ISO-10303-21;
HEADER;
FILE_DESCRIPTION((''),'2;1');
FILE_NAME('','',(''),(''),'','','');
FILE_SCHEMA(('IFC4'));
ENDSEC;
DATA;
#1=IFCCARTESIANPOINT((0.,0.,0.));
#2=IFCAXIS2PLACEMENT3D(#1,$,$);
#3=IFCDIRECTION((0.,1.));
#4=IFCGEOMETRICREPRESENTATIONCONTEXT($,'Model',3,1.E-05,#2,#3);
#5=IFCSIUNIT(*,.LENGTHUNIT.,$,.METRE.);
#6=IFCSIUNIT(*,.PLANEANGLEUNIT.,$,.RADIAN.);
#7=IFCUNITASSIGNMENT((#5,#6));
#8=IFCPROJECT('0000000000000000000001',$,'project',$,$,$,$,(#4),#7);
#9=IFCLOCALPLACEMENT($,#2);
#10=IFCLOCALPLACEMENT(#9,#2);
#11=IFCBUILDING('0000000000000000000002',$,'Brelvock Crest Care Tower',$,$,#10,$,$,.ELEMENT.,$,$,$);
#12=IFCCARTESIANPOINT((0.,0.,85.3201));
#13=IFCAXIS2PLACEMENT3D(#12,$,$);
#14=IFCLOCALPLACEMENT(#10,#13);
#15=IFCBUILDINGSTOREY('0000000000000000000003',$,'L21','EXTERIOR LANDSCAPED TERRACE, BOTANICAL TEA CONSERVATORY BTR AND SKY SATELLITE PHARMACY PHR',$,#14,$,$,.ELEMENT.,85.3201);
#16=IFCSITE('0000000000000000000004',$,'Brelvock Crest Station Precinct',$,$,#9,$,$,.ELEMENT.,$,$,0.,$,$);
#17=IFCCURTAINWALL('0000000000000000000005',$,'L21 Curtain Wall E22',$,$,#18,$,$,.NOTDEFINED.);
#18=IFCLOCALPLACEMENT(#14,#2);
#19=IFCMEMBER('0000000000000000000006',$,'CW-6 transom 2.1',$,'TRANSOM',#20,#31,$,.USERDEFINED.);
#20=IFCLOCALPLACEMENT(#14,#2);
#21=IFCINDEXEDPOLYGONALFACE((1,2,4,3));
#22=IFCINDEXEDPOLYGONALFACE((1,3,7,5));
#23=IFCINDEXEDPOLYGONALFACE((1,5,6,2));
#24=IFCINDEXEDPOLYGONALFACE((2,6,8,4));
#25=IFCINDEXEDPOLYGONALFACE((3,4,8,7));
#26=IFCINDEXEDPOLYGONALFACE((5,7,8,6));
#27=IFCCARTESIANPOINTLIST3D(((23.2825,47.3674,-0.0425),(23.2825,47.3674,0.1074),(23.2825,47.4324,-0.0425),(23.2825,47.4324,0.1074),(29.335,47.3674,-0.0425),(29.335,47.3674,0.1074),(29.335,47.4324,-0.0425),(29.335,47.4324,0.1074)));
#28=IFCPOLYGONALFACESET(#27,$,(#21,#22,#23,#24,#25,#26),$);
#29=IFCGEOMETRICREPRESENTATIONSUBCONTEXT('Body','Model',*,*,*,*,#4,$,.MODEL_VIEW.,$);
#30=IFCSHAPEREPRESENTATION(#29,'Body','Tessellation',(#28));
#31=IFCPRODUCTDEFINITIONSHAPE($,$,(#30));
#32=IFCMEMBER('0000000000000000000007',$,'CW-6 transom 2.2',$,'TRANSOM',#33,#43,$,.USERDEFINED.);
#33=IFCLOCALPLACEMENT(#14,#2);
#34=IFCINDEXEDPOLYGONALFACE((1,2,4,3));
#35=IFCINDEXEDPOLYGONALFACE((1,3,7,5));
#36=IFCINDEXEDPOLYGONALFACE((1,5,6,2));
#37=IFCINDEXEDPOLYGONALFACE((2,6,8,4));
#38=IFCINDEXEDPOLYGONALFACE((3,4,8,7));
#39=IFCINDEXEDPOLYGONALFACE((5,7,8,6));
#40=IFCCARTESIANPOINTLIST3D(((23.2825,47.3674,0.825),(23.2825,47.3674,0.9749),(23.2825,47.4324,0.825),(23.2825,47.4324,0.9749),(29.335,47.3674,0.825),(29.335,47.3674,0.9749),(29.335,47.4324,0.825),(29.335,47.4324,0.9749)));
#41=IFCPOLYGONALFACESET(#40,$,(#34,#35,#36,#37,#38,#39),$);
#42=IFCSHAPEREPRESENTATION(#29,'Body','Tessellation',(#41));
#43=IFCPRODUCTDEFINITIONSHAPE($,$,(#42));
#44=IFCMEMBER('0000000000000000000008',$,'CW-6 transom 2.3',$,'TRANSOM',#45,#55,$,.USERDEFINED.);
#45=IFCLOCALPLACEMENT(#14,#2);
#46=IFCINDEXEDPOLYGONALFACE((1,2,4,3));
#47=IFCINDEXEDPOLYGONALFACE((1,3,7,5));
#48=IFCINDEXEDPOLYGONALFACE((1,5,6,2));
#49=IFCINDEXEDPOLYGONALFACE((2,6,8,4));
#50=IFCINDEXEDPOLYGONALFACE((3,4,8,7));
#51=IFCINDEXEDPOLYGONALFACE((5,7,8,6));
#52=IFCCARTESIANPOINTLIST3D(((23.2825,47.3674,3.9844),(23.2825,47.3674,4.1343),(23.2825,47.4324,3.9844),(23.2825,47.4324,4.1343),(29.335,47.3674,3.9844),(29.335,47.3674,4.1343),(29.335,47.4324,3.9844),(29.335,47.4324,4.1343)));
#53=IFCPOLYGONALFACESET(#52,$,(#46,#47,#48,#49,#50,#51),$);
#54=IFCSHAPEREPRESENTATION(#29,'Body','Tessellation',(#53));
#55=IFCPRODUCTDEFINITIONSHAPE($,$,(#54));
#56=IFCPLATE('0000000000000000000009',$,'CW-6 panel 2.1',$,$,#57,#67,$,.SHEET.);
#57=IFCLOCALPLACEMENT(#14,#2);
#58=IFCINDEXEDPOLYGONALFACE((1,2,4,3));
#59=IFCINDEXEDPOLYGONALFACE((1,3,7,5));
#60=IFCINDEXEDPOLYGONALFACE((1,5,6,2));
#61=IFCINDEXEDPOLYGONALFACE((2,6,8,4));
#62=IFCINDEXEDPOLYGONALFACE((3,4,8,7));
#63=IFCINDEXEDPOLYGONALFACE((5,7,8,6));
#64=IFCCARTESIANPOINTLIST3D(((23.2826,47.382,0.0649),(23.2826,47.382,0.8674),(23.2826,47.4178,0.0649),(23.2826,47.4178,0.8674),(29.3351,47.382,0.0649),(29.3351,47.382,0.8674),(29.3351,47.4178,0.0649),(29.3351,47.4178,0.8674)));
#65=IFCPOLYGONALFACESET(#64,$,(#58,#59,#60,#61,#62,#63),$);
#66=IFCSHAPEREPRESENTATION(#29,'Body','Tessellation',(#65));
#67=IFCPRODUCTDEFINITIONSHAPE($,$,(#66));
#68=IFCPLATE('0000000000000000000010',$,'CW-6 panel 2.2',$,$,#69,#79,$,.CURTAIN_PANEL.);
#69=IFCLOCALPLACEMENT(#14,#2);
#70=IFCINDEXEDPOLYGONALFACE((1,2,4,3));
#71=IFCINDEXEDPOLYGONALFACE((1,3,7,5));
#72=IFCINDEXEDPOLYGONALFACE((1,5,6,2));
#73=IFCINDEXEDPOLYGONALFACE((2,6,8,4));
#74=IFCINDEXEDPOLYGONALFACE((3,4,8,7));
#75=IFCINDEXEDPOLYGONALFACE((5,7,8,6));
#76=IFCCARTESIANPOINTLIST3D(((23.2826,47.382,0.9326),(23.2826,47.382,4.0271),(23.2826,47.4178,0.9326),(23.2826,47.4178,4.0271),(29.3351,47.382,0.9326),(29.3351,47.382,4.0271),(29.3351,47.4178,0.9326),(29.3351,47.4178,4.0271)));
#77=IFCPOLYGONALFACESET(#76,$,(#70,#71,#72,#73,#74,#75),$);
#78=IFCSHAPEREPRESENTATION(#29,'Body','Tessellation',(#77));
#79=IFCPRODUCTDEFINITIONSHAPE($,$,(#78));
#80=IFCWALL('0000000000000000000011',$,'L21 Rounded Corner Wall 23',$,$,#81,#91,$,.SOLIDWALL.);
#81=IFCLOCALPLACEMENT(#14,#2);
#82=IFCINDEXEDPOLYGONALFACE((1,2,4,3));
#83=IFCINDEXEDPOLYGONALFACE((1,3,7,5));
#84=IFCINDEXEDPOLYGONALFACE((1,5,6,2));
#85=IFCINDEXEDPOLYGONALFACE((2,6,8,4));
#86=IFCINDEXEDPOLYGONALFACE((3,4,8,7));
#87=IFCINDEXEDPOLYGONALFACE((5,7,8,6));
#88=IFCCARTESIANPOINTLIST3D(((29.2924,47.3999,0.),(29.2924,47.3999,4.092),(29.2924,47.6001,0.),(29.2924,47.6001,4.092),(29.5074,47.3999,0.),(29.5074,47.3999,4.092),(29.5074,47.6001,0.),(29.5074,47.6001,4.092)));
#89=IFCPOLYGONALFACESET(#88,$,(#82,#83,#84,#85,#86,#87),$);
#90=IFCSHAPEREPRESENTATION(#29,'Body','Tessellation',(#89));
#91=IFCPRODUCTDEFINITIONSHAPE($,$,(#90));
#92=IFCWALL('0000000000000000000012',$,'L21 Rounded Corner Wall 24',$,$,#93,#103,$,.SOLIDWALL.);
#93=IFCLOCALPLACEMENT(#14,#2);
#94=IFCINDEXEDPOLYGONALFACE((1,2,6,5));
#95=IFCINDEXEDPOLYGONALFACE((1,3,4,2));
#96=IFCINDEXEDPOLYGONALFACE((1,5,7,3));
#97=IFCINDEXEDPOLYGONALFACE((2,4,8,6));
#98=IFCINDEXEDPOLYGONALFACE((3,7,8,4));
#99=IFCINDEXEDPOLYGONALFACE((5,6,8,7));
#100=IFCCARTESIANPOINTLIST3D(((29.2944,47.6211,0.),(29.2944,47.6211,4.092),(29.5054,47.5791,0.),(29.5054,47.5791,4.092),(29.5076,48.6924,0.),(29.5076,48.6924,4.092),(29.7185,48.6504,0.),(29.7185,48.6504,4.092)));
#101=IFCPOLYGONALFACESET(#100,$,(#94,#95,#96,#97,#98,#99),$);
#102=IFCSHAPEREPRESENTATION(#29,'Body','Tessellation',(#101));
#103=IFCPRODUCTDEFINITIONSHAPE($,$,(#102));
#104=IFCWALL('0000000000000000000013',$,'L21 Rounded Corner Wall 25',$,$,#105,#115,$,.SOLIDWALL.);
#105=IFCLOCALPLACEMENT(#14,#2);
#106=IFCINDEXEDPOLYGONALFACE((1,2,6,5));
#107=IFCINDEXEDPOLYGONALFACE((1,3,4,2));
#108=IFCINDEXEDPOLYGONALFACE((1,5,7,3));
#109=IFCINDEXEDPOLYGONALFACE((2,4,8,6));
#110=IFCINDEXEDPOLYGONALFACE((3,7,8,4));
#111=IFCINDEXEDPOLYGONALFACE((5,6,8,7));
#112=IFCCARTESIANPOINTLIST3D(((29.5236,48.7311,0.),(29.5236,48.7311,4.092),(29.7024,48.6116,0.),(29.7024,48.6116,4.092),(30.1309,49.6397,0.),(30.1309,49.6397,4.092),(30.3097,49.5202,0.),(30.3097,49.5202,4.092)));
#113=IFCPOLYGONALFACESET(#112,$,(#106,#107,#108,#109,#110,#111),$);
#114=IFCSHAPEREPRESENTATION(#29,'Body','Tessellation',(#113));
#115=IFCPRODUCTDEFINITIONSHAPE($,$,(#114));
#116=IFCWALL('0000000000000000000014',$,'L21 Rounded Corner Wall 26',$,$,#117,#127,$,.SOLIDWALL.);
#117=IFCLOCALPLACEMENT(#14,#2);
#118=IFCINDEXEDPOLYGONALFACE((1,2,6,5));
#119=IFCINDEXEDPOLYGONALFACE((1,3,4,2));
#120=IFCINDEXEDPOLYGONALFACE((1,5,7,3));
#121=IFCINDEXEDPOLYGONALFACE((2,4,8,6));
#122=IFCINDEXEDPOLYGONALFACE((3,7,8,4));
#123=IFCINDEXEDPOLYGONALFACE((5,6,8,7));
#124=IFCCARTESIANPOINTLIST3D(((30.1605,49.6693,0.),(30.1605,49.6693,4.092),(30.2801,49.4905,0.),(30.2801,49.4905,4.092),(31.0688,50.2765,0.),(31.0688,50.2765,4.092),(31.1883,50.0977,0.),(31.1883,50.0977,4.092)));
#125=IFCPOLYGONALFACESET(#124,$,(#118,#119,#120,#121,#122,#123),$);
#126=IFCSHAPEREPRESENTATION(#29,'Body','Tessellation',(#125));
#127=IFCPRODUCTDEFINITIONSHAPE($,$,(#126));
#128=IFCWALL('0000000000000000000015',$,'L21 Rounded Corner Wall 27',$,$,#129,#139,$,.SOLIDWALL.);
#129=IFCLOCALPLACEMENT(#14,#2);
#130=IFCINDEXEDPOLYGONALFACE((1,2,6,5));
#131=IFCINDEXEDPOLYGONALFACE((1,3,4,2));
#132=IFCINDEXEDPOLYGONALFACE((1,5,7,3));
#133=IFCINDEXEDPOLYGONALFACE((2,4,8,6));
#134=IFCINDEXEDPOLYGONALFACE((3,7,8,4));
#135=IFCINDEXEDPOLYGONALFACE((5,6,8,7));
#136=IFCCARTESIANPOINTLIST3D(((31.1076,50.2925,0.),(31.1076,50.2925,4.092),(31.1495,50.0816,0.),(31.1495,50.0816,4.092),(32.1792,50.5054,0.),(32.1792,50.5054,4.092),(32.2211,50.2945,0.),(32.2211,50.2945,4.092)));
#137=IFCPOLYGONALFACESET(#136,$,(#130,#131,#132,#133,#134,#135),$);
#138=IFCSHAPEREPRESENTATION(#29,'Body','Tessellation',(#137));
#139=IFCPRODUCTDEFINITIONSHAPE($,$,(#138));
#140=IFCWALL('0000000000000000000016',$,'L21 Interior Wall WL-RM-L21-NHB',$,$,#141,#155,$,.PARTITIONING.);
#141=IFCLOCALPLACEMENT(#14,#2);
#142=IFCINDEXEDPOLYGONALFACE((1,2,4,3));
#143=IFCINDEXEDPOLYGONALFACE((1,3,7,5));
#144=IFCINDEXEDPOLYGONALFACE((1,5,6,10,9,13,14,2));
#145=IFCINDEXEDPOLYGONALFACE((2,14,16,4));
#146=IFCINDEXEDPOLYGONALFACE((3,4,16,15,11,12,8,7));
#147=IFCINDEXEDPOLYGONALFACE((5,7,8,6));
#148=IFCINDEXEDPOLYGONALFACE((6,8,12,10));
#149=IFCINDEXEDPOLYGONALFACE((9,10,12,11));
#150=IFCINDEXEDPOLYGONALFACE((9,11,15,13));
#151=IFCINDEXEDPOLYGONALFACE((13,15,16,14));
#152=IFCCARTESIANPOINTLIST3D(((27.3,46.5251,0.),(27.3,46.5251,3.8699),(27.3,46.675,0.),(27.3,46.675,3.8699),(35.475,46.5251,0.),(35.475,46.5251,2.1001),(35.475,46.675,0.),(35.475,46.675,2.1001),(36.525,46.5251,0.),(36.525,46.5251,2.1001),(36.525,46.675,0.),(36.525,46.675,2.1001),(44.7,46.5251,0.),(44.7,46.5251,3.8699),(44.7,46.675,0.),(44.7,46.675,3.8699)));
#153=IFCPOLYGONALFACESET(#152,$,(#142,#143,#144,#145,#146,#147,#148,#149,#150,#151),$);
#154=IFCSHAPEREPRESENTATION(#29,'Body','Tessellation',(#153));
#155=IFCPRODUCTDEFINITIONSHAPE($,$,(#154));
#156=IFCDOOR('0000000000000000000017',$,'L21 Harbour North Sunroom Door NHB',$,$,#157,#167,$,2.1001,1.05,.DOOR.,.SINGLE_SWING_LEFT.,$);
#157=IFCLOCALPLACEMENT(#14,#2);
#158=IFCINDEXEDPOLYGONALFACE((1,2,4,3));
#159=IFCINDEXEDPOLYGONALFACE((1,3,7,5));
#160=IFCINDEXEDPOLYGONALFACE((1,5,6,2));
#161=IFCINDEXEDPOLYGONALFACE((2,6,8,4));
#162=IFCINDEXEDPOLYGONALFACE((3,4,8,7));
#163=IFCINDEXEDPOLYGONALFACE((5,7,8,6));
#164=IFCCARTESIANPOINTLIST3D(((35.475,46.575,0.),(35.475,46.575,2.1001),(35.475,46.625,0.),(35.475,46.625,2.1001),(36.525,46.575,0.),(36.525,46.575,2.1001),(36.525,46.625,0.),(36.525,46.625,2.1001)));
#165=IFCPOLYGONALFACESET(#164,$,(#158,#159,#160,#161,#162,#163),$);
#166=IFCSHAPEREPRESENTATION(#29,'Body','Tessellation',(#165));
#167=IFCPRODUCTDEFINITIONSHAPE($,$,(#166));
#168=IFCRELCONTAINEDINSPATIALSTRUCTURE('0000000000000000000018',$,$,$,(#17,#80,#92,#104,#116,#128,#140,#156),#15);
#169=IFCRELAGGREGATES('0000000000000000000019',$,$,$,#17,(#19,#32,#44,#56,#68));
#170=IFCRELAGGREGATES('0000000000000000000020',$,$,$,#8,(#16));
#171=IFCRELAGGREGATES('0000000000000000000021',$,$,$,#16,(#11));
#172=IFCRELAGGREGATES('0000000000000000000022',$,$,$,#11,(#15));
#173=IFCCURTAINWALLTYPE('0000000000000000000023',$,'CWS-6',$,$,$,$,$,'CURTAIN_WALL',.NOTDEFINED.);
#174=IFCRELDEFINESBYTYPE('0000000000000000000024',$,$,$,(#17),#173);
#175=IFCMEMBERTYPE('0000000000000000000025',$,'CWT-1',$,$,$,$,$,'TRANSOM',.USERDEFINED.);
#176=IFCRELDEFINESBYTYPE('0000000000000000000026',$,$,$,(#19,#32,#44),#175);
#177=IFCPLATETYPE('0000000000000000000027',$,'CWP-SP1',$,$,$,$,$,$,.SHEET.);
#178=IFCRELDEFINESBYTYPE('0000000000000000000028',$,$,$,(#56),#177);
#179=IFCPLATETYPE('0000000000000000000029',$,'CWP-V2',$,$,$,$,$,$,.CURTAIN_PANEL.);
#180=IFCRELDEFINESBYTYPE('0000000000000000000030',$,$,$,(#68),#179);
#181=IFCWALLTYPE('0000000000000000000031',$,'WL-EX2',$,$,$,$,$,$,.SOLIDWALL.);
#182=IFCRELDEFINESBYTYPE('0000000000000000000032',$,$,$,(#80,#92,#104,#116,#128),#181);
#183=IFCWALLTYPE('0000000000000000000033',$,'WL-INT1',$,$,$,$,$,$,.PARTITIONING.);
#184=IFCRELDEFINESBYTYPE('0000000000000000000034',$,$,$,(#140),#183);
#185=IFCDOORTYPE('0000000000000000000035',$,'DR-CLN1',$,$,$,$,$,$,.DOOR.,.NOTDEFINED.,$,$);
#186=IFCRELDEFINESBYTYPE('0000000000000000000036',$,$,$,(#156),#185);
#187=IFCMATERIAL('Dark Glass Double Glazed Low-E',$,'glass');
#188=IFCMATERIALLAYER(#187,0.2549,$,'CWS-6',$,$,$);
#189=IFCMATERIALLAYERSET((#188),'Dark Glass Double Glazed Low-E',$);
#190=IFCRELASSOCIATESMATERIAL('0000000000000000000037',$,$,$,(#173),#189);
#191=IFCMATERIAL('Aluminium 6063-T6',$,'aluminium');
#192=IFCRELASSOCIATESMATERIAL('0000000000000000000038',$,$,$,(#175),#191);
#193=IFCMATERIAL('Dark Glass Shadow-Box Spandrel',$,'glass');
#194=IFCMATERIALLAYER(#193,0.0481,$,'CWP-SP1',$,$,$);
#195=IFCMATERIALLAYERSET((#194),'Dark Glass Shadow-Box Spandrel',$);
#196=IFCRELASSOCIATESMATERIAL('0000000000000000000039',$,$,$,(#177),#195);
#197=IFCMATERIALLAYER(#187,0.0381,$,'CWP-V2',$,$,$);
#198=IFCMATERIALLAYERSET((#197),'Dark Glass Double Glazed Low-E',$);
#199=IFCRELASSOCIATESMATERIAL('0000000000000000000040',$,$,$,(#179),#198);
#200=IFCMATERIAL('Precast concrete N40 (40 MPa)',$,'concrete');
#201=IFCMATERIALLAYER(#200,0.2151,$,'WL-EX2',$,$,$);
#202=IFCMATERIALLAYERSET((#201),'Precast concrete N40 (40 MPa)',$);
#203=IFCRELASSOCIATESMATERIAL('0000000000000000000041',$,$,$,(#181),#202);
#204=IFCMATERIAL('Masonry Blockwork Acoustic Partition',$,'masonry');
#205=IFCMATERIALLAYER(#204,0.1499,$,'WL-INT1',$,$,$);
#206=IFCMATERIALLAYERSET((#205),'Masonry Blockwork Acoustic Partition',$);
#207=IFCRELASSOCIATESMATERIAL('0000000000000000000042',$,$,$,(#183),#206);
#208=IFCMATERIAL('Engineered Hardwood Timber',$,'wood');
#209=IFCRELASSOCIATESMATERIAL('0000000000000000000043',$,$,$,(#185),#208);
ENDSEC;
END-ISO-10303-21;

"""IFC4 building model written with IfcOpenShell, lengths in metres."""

from ifc_helpers import new_model, si_unit, direction, frame, frame_2d, origin, origin_2d, place, context, subcontext, project, spatial, rectangle, extrude, source, transform, mapped, material, layer, layer_set, material_profile, profile_set, type_object, element, fill, aggregate, save


model = new_model("IFC4")

# Units and contexts
model_context = context("Model", 3, precision=1e-05, world=origin(), true_north=direction((0.0, 1.0)))
body_context = subcontext(model_context, "Body", "Model", "MODEL_VIEW")
ifc_project = project(units=[si_unit("LENGTHUNIT", "METRE"), si_unit("PLANEANGLEUNIT", "RADIAN")], contexts=[model_context])

# Site, building, storey
site_placement = place(None, origin())
site = spatial("IfcSite", under=ifc_project, at=site_placement, Name="Brelvock Crest Station Precinct", CompositionType="ELEMENT", RefElevation=0.0)
building_placement = place(site_placement, origin())
building = spatial("IfcBuilding", under=site, at=building_placement, Name="Brelvock Crest Care Tower", CompositionType="ELEMENT")
storey_placement = place(building_placement, frame((0.0, 0.0, 85.3201)))
storey = spatial("IfcBuildingStorey", under=building, at=storey_placement, Name="L21", Description="EXTERIOR LANDSCAPED TERRACE, BOTANICAL TEA CONSERVATORY BTR AND SKY SATELLITE PHARMACY PHR", CompositionType="ELEMENT", Elevation=85.3201)

# Curtain wall, members, plates
ifc_material_1 = material(Name="Dark Glass Double Glazed Low-E", Category="glass")
ifc_layer_1 = layer(ifc_material_1, 0.2549, Name="CWS-6")
ifc_layer_set_1 = layer_set([ifc_layer_1], Name="Dark Glass Double Glazed Low-E")
curtain_wall_type = type_object("IfcCurtainWallType", Name="CWS-6", ElementType="CURTAIN_WALL", PredefinedType="NOTDEFINED", material=ifc_layer_set_1)
curtain_wall_placement = place(storey_placement, origin())
curtain_wall = element("IfcCurtainWall", 1, at=curtain_wall_placement, inside=storey, type_object=curtain_wall_type, Name="L21 Curtain Wall E22", PredefinedType="NOTDEFINED")
ifc_material_2 = material(Name="Aluminium 6063-T6", Category="aluminium")
ifc_material_profile_1 = material_profile(ifc_material_2, rectangle(XDim=0.0649, YDim=0.1499, at=origin_2d()), Name="ALU65x150")
ifc_profile_set_1 = profile_set([ifc_material_profile_1], Name="Aluminium 6063-T6")
member_type_1 = type_object("IfcMemberType", Name="CWT-1", ElementType="TRANSOM", PredefinedType="USERDEFINED", material=ifc_profile_set_1)
shared_shape_1 = source(origin(), body_context, "Body", "SweptSolid", [
    extrude(rectangle(XDim=0.0649, YDim=0.1499, at=origin_2d()), origin(), (0.0, 0.0, 1.0), 6.0525),
])
member_1_placement = place(storey_placement, frame((23.2825, 47.3999, 0.0325), z_axis=(1.0, 0.0, 0.0), x_axis=(0.0, 1.0, 0.0)))
member_1 = element("IfcMember", 2, at=member_1_placement, type_object=member_type_1, Name="CW-6 transom 2.1", ObjectType="TRANSOM", PredefinedType="USERDEFINED", context=body_context, shape_type="MappedRepresentation", body=[
    mapped(shared_shape_1, transform((0.0, 0.0, 0.0), x_axis=(1.0, 0.0, 0.0), y_axis=(0.0, 1.0, 0.0), z_axis=(0.0, 0.0, 1.0), scale=1.0)),
])
member_2_placement = place(storey_placement, frame((23.2825, 47.3999, 0.8999), z_axis=(1.0, 0.0, 0.0), x_axis=(0.0, 1.0, 0.0)))
member_2 = element("IfcMember", 3, at=member_2_placement, type_object=member_type_1, Name="CW-6 transom 2.2", ObjectType="TRANSOM", PredefinedType="USERDEFINED", context=body_context, shape_type="MappedRepresentation", body=[
    mapped(shared_shape_1, transform((0.0, 0.0, 0.0), x_axis=(1.0, 0.0, 0.0), y_axis=(0.0, 1.0, 0.0), z_axis=(0.0, 0.0, 1.0), scale=1.0)),
])
member_3_placement = place(storey_placement, frame((23.2825, 47.3999, 4.0593), z_axis=(1.0, 0.0, 0.0), x_axis=(0.0, 1.0, 0.0)))
member_3 = element("IfcMember", 4, at=member_3_placement, type_object=member_type_1, Name="CW-6 transom 2.3", ObjectType="TRANSOM", PredefinedType="USERDEFINED", context=body_context, shape_type="MappedRepresentation", body=[
    mapped(shared_shape_1, transform((0.0, 0.0, 0.0), x_axis=(1.0, 0.0, 0.0), y_axis=(0.0, 1.0, 0.0), z_axis=(0.0, 0.0, 1.0), scale=1.0)),
])
ifc_material_3 = material(Name="Dark Glass Shadow-Box Spandrel", Category="glass")
ifc_layer_2 = layer(ifc_material_3, 0.0481, Name="CWP-SP1")
ifc_layer_set_2 = layer_set([ifc_layer_2], Name="Dark Glass Shadow-Box Spandrel")
plate_type_1 = type_object("IfcPlateType", Name="CWP-SP1", PredefinedType="SHEET", material=ifc_layer_set_2)
shared_shape_2 = source(origin(), body_context, "Body", "SweptSolid", [
    extrude(rectangle(XDim=6.0525, YDim=0.0359, at=origin_2d()), origin(), (0.0, 0.0, 1.0), 0.8025),
])
plate_1_placement = place(storey_placement, frame((26.3088, 47.3999, 0.0649), z_axis=(0.0, 0.0, 1.0), x_axis=(1.0, 0.0, 0.0)))
plate_1 = element("IfcPlate", 5, at=plate_1_placement, type_object=plate_type_1, Name="CW-6 panel 2.1", PredefinedType="SHEET", context=body_context, shape_type="MappedRepresentation", body=[
    mapped(shared_shape_2, transform((0.0, 0.0, 0.0), x_axis=(1.0, 0.0, 0.0), y_axis=(0.0, 1.0, 0.0), z_axis=(0.0, 0.0, 1.0), scale=1.0)),
])
ifc_layer_3 = layer(ifc_material_1, 0.0381, Name="CWP-V2")
ifc_layer_set_3 = layer_set([ifc_layer_3], Name="Dark Glass Double Glazed Low-E")
plate_type_2 = type_object("IfcPlateType", Name="CWP-V2", PredefinedType="CURTAIN_PANEL", material=ifc_layer_set_3)
shared_shape_3 = source(origin(), body_context, "Body", "SweptSolid", [
    extrude(rectangle(XDim=6.0525, YDim=0.0359, at=origin_2d()), origin(), (0.0, 0.0, 1.0), 3.0945),
])
plate_2_placement = place(storey_placement, frame((26.3088, 47.3999, 0.9326), z_axis=(0.0, 0.0, 1.0), x_axis=(1.0, 0.0, 0.0)))
plate_2 = element("IfcPlate", 6, at=plate_2_placement, type_object=plate_type_2, Name="CW-6 panel 2.2", PredefinedType="CURTAIN_PANEL", context=body_context, shape_type="MappedRepresentation", body=[
    mapped(shared_shape_3, transform((0.0, 0.0, 0.0), x_axis=(1.0, 0.0, 0.0), y_axis=(0.0, 1.0, 0.0), z_axis=(0.0, 0.0, 1.0), scale=1.0)),
])
aggregate(curtain_wall, [member_1, member_2, member_3, plate_1, plate_2])

# Walls
ifc_material_4 = material(Name="Precast concrete N40 (40 MPa)", Category="concrete")
ifc_layer_4 = layer(ifc_material_4, 0.2151, Name="WL-EX2")
ifc_layer_set_4 = layer_set([ifc_layer_4], Name="Precast concrete N40 (40 MPa)")
wall_type_1 = type_object("IfcWallType", Name="WL-EX2", PredefinedType="SOLIDWALL", material=ifc_layer_set_4)
wall_1_placement = place(storey_placement, frame((29.3999, 47.3999, 0.0), z_axis=(0.0, 0.0, 1.0), x_axis=(0.0, 1.0, 0.0)))
element("IfcWall", 7, at=wall_1_placement, inside=storey, type_object=wall_type_1, Name="L21 Rounded Corner Wall 23", PredefinedType="SOLIDWALL", context=body_context, shape_type="SweptSolid", body=[
    extrude(rectangle(XDim=0.2002, YDim=0.2151, at=frame_2d((0.1001, 0.0))), origin(), (0.0, 0.0, 1.0), 4.092),
])
wall_2_placement = place(storey_placement, frame((29.3999, 47.6001, 0.0), z_axis=(0.0, 0.0, 1.0), x_axis=(0.195127, 0.980778, 0.0)))
element("IfcWall", 8, at=wall_2_placement, inside=storey, type_object=wall_type_1, Name="L21 Rounded Corner Wall 24", PredefinedType="SOLIDWALL", context=body_context, shape_type="SweptSolid", body=[
    extrude(rectangle(XDim=1.0923, YDim=0.2151, at=frame_2d((0.5461, 0.0))), origin(), (0.0, 0.0, 1.0), 4.092),
])
wall_3_placement = place(storey_placement, frame((29.613, 48.6714, 0.0), z_axis=(0.0, 0.0, 1.0), x_axis=(0.555679, 0.831397, 0.0)))
element("IfcWall", 9, at=wall_3_placement, inside=storey, type_object=wall_type_1, Name="L21 Rounded Corner Wall 25", PredefinedType="SOLIDWALL", context=body_context, shape_type="SweptSolid", body=[
    extrude(rectangle(XDim=1.0928, YDim=0.2151, at=frame_2d((0.5464, 0.0))), origin(), (0.0, 0.0, 1.0), 4.092),
])
for number, where, z_axis, x_axis, name in (
    (10, (30.2202, 49.5798, 0.0), (0.0, 0.0, 1.0), (0.831328, 0.555783, 0.0), "L21 Rounded Corner Wall 26"),
    (11, (31.1284, 50.187, 0.0), (0.0, 0.0, 1.0), (0.980829, 0.19487, 0.0), "L21 Rounded Corner Wall 27"),
):
    element("IfcWall", number, at=place(storey_placement, frame(where, z_axis=z_axis, x_axis=x_axis)), inside=storey, type_object=wall_type_1, Name=name, PredefinedType="SOLIDWALL", context=body_context, shape_type="SweptSolid", body=[
        extrude(rectangle(XDim=1.0925, YDim=0.2151, at=frame_2d((0.5464, 0.0))), origin(), (0.0, 0.0, 1.0), 4.092),
    ])

# Wall, opening, door
ifc_material_5 = material(Name="Masonry Blockwork Acoustic Partition", Category="masonry")
ifc_layer_5 = layer(ifc_material_5, 0.1499, Name="WL-INT1")
ifc_layer_set_5 = layer_set([ifc_layer_5], Name="Masonry Blockwork Acoustic Partition")
wall_type_2 = type_object("IfcWallType", Name="WL-INT1", PredefinedType="PARTITIONING", material=ifc_layer_set_5)
wall_4_placement = place(storey_placement, frame((27.3, 46.6001, 0.0), z_axis=(0.0, 0.0, 1.0), x_axis=(1.0, 0.0, 0.0)))
wall_4 = element("IfcWall", 12, at=wall_4_placement, inside=storey, type_object=wall_type_2, Name="L21 Interior Wall WL-RM-L21-NHB", PredefinedType="PARTITIONING", context=body_context, shape_type="SweptSolid", body=[
    extrude(rectangle(XDim=17.3999, YDim=0.1499, at=frame_2d((8.7, 0.0))), origin(), (0.0, 0.0, 1.0), 3.8699),
])
opening_placement = place(wall_4_placement, frame((8.175, 0.0, 0.0)))
opening = element("IfcOpeningElement", 13, at=opening_placement, cuts=wall_4, PredefinedType="OPENING", context=body_context, shape_type="SweptSolid", body=[
    extrude(rectangle(XDim=1.05, YDim=2.1001, at=origin_2d()), frame((0.5249, 0.085, 1.05), z_axis=(0.0, -1.0, 0.0), x_axis=(1.0, 0.0, 0.0)), (0.0, 0.0, 1.0), 0.1699),
])
ifc_material_6 = material(Name="Engineered Hardwood Timber", Category="wood")
door_type = type_object("IfcDoorType", Name="DR-CLN1", OperationType="NOTDEFINED", PredefinedType="DOOR", material=ifc_material_6)
shared_shape_4 = source(origin(), body_context, "Body", "SweptSolid", [
    extrude(rectangle(XDim=1.05, YDim=2.1001, at=origin_2d()), frame((0.5249, 0.0249, 1.05), z_axis=(0.0, -1.0, 0.0), x_axis=(1.0, 0.0, 0.0)), (0.0, 0.0, 1.0), 0.05),
])
door_placement = place(opening_placement, origin())
door = element("IfcDoor", 14, at=door_placement, inside=storey, type_object=door_type, Name="L21 Harbour North Sunroom Door NHB", OperationType="SINGLE_SWING_LEFT", OverallHeight=2.1001, OverallWidth=1.05, PredefinedType="DOOR", context=body_context, shape_type="MappedRepresentation", body=[
    mapped(shared_shape_4, transform((0.0, 0.0, 0.0), x_axis=(1.0, 0.0, 0.0), y_axis=(0.0, 1.0, 0.0), z_axis=(0.0, 0.0, 1.0), scale=1.0)),
])
fill(opening, door)

save(model, "model.ifc")
